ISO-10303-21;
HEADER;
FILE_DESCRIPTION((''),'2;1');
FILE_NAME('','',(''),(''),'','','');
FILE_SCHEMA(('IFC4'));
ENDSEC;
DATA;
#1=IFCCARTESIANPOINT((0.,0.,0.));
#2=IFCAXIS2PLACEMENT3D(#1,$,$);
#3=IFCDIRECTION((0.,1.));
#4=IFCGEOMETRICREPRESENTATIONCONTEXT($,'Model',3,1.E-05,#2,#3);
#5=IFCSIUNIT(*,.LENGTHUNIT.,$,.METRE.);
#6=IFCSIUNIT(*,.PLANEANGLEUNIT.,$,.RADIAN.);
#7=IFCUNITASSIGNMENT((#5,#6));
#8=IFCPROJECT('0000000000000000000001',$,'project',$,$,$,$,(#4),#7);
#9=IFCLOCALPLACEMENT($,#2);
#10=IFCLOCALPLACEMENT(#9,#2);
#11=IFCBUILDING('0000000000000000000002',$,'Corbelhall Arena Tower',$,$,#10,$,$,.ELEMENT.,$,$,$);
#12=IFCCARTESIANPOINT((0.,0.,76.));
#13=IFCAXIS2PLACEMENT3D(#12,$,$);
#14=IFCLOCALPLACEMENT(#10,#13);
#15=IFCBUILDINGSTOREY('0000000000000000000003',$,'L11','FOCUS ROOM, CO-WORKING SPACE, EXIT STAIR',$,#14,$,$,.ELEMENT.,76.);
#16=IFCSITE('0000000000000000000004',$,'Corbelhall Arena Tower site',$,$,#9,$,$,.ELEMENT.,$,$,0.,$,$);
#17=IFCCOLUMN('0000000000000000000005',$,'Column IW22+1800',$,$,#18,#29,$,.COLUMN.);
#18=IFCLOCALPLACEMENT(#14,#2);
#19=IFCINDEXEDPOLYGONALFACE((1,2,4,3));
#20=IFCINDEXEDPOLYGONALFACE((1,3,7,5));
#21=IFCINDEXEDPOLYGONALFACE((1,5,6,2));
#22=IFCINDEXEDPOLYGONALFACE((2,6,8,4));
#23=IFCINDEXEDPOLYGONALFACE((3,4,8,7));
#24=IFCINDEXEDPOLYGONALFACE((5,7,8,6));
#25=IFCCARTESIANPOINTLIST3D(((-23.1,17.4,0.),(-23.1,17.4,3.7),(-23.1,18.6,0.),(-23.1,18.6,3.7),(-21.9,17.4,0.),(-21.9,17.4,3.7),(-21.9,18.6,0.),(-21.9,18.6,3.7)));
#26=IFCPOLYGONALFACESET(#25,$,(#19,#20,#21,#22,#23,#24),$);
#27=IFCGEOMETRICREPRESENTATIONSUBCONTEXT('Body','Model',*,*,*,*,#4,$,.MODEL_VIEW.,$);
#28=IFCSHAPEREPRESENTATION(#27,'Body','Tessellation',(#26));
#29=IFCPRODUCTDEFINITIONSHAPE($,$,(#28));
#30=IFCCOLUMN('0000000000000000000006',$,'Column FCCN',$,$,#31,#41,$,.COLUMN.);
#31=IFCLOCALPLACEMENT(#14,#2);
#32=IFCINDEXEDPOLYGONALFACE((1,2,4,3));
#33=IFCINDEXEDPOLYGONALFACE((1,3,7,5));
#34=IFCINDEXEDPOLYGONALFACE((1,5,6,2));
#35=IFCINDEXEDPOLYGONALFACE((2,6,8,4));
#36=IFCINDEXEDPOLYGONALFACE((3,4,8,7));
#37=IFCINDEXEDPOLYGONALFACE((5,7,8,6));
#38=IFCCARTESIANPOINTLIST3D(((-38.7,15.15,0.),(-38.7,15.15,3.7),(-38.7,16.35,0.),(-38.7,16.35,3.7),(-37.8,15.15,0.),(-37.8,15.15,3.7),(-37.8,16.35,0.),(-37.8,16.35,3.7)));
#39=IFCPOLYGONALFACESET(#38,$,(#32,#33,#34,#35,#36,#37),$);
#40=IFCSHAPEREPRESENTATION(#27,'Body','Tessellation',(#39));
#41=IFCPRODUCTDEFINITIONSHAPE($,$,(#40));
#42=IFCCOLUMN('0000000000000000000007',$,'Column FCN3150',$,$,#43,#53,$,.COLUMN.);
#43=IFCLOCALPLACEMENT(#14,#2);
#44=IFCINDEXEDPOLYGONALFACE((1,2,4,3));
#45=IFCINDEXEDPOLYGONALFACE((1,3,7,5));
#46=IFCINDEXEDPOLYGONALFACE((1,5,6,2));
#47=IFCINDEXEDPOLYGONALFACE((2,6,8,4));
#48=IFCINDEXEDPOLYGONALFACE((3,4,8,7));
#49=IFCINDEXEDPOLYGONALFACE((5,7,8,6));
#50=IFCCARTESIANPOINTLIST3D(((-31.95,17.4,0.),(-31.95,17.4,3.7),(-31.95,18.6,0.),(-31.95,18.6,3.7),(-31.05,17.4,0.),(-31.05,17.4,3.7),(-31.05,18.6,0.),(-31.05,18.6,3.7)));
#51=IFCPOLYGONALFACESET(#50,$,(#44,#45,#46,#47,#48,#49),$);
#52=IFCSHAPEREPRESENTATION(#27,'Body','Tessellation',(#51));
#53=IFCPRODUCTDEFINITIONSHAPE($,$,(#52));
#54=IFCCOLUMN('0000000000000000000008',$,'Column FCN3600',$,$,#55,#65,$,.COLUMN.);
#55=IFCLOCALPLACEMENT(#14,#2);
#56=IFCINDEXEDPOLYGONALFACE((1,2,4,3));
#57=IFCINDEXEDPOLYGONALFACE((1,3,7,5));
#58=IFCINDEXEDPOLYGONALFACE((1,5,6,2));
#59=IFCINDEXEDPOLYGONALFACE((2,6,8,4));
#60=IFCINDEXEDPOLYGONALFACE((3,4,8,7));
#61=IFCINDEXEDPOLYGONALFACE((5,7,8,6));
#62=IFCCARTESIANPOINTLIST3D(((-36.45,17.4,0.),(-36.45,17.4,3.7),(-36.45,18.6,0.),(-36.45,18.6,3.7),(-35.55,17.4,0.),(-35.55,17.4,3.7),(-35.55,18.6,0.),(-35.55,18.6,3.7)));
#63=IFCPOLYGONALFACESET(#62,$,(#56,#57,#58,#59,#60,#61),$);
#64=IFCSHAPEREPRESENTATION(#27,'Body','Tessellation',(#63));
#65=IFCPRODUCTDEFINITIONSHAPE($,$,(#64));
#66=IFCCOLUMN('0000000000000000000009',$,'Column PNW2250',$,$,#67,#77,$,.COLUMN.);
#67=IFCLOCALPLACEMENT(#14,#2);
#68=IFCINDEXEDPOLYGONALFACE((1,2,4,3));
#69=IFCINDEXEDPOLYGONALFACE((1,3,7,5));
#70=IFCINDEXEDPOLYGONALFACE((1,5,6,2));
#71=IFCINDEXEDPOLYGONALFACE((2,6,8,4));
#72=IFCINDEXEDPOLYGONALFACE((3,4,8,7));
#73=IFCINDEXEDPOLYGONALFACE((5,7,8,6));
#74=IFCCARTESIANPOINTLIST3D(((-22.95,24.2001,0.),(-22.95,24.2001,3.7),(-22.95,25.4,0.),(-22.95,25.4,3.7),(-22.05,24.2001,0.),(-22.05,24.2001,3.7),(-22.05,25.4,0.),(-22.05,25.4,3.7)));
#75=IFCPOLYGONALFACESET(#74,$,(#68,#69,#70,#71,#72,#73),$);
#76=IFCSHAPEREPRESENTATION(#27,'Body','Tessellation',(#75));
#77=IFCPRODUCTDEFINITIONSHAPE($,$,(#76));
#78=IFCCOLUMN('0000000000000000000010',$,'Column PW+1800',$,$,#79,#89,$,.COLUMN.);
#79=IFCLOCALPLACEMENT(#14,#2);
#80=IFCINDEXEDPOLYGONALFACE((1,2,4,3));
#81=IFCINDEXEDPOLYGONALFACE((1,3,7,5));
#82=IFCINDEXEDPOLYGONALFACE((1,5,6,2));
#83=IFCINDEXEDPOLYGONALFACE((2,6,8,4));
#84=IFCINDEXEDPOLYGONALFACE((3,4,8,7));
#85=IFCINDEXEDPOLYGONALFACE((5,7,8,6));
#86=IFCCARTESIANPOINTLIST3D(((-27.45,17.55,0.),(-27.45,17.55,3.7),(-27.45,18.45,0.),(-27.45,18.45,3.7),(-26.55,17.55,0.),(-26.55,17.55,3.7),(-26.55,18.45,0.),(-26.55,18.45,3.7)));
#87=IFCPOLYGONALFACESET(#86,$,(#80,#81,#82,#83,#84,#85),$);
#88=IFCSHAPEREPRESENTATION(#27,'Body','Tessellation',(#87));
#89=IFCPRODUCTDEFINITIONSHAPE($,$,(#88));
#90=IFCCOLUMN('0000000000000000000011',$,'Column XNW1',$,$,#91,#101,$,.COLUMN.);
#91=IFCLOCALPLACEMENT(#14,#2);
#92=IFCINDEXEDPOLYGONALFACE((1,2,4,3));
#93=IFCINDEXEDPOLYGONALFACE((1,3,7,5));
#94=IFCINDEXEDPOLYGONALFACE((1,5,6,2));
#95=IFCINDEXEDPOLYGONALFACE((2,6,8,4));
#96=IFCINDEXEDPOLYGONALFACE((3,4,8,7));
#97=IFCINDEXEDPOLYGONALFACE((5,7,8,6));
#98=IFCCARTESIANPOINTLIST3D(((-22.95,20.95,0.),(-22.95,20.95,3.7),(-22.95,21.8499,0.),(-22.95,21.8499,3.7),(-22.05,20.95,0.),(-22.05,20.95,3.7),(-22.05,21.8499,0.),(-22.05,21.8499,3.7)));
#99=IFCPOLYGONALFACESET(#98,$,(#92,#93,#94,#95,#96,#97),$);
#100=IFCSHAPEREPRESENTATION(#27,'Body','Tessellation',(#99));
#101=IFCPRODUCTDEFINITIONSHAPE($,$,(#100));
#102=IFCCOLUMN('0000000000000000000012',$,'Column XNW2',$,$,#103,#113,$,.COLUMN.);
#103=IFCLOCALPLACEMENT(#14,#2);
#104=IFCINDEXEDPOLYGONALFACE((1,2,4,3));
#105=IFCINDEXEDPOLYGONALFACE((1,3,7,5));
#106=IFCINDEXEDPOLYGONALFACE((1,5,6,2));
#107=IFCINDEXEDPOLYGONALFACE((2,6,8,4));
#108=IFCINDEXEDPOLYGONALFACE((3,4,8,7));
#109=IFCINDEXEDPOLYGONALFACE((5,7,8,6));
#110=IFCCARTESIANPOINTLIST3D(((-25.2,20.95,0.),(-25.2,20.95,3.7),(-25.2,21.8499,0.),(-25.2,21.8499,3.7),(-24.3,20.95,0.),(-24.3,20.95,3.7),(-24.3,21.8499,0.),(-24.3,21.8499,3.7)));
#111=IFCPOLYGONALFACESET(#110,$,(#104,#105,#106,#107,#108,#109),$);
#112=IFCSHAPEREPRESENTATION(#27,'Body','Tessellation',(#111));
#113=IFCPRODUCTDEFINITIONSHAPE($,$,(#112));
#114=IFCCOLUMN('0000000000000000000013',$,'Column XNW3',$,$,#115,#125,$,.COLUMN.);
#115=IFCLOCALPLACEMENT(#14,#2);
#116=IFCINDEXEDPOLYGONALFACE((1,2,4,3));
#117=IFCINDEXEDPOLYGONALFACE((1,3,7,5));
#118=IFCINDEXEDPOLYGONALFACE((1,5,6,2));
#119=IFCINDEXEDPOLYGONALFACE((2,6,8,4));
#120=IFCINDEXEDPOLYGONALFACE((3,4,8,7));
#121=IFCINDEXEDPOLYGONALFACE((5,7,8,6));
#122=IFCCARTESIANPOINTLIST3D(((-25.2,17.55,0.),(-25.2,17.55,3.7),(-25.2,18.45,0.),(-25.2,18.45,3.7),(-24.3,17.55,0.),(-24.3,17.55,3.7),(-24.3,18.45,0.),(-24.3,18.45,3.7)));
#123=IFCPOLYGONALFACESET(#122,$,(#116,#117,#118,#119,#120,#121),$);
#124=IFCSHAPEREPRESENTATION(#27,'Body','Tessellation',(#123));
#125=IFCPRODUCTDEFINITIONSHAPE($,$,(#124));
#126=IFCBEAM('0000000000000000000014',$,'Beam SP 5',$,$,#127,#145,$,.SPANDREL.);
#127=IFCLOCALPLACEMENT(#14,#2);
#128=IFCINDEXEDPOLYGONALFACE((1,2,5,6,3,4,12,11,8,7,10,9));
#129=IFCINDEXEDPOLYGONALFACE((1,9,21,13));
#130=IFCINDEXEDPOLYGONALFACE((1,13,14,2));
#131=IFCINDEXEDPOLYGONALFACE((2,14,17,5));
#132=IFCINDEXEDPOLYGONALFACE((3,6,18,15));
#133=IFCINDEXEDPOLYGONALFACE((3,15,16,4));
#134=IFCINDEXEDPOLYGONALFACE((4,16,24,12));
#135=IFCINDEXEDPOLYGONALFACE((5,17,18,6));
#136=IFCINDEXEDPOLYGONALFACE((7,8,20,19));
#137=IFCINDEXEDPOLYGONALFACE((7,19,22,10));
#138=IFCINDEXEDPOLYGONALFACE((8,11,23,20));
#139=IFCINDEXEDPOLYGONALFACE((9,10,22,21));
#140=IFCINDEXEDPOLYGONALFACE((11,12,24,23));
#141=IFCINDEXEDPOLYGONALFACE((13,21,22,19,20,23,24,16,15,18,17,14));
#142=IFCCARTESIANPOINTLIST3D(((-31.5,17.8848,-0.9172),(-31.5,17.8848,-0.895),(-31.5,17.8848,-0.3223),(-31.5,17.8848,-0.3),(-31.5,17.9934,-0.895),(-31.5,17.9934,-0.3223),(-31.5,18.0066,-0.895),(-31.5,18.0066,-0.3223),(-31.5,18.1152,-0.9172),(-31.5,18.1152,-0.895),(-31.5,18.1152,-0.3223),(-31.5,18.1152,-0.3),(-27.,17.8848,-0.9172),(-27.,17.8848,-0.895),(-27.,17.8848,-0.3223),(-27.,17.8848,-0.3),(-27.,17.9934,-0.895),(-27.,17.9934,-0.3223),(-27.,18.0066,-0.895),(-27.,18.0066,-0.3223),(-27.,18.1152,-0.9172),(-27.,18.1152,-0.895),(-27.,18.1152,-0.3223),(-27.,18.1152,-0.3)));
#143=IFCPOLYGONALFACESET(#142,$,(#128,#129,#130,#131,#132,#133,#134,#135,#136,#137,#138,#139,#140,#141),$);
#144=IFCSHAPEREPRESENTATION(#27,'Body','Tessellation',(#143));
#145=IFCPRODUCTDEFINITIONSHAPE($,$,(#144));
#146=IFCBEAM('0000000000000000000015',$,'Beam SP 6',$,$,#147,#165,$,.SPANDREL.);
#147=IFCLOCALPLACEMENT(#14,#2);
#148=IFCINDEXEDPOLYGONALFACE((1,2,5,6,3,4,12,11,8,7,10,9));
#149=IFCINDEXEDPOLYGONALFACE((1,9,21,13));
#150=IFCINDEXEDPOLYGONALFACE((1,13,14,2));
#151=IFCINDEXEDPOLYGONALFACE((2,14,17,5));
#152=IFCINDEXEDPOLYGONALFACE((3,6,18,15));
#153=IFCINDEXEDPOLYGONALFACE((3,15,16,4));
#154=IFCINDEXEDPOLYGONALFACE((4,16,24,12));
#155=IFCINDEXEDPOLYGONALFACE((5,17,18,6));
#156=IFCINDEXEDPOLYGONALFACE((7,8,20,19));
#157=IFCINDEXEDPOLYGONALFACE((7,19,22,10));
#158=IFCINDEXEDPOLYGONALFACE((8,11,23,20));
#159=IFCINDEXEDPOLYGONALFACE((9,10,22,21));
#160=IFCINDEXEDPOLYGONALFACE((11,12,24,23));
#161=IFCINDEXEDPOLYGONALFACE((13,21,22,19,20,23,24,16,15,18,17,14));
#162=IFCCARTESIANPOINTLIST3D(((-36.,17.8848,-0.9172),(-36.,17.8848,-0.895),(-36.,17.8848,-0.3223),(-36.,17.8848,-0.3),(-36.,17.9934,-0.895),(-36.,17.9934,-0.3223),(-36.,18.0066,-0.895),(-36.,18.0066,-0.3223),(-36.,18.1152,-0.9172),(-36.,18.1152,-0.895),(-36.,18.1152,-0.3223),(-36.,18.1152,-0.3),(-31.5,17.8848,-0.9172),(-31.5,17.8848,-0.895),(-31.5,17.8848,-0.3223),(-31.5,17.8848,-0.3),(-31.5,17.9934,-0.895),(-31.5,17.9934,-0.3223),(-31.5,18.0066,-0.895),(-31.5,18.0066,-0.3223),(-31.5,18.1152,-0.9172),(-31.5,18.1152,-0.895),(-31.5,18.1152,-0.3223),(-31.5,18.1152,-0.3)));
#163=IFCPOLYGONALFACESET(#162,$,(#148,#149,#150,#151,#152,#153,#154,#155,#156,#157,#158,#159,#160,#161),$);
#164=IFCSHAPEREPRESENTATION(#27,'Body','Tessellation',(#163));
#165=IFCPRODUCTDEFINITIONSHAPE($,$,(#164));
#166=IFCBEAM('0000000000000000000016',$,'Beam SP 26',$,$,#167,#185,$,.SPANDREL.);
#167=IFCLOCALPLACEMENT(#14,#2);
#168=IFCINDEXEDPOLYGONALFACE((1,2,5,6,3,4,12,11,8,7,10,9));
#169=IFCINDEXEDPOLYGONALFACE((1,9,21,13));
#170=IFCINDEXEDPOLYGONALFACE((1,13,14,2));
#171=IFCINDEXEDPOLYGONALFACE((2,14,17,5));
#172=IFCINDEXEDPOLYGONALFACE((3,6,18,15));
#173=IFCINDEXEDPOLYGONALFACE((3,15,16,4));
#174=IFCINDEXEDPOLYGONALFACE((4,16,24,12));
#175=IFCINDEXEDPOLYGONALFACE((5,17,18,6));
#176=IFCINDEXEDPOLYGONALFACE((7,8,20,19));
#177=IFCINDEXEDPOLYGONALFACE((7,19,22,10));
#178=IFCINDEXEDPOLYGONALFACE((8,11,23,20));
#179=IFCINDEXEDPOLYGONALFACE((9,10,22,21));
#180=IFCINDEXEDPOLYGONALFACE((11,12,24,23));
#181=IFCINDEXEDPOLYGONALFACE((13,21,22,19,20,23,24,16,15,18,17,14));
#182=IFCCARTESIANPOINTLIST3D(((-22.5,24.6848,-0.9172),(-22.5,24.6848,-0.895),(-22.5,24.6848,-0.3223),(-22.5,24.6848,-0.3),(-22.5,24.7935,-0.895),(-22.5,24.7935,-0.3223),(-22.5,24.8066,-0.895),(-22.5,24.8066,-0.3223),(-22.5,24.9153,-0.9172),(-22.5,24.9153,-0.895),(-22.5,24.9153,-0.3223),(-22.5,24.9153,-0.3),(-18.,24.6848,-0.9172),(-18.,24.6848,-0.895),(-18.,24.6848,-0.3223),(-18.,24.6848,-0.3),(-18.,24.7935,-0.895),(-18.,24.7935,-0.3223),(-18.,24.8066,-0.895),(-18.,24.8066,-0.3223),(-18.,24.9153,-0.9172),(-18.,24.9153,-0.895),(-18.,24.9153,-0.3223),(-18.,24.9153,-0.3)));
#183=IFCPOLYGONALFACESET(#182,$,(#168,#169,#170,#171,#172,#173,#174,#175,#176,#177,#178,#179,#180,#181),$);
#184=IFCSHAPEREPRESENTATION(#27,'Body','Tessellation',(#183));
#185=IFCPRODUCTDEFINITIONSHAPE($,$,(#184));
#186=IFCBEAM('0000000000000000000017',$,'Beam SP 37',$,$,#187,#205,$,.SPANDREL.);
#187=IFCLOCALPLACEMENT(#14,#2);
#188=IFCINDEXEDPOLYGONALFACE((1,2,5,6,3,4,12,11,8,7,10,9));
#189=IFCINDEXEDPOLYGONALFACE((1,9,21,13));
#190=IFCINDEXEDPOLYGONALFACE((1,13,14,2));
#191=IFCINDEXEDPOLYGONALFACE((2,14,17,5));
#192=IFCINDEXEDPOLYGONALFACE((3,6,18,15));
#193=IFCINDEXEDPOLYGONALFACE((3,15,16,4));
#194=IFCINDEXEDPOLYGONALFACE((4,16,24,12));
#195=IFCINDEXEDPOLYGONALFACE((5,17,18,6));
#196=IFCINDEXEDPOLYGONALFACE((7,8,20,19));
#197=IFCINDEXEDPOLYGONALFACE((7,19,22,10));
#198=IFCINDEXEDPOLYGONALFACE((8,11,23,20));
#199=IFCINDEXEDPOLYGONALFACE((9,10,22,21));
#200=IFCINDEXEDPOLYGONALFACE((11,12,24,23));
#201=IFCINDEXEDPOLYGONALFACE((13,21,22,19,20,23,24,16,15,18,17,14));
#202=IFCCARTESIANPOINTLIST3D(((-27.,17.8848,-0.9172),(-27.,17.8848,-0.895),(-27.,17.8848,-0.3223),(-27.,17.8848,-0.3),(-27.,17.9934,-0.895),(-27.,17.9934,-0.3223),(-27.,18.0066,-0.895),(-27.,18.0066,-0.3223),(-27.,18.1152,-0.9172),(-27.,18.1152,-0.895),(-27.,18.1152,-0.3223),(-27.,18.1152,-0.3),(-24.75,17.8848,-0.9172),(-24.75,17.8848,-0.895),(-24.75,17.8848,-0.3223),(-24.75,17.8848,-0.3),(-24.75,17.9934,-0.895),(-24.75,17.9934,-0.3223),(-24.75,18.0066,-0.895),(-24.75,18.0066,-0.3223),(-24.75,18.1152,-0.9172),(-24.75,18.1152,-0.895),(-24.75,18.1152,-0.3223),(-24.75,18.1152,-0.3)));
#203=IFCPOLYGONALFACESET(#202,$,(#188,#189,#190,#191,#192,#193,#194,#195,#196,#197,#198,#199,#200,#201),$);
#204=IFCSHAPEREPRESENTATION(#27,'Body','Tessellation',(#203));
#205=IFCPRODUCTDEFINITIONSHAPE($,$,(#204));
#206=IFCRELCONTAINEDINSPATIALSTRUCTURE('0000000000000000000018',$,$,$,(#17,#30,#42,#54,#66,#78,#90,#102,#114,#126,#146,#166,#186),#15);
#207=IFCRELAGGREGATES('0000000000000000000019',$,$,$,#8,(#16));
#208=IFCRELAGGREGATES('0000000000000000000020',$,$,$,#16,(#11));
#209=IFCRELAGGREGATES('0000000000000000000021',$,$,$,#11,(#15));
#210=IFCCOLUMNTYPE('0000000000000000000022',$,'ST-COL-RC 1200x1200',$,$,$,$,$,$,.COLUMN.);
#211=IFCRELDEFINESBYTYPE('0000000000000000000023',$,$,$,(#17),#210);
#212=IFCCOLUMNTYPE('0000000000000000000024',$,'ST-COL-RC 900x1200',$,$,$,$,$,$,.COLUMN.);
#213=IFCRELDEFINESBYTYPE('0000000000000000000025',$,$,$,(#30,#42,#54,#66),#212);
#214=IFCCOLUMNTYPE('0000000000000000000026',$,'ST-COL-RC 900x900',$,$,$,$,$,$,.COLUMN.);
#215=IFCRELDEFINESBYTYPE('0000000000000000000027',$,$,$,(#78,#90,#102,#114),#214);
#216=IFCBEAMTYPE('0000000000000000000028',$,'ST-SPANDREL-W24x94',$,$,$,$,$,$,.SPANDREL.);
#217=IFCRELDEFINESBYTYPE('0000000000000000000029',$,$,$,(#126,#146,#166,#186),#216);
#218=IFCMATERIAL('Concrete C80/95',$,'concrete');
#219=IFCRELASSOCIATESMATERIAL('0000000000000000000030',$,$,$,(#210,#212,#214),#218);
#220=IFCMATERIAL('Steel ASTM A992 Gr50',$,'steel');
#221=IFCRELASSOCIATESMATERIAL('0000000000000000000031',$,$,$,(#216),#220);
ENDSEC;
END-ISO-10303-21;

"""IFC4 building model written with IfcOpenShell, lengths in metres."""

from ifc_helpers import new_model, si_unit, direction, frame, origin, origin_2d, place, context, subcontext, project, spatial, rectangle, i_section, extrude, material, material_profile, profile_set, type_object, element, save


model = new_model("IFC4")

# Units and contexts
model_context = context("Model", 3, precision=1e-05, world=origin(), true_north=direction((0.0, 1.0)))
body_context = subcontext(model_context, "Body", "Model", "MODEL_VIEW")
ifc_project = project(units=[si_unit("LENGTHUNIT", "METRE"), si_unit("PLANEANGLEUNIT", "RADIAN")], contexts=[model_context])

# Site, building, storey
site_placement = place(None, origin())
site = spatial("IfcSite", under=ifc_project, at=site_placement, Name="Corbelhall Arena Tower site", CompositionType="ELEMENT", RefElevation=0.0)
building_placement = place(site_placement, origin())
building = spatial("IfcBuilding", under=site, at=building_placement, Name="Corbelhall Arena Tower", CompositionType="ELEMENT")
storey_placement = place(building_placement, frame((0.0, 0.0, 76.0)))
storey = spatial("IfcBuildingStorey", under=building, at=storey_placement, Name="L11", Description="FOCUS ROOM, CO-WORKING SPACE, EXIT STAIR", CompositionType="ELEMENT", Elevation=76.0)

# Columns
ifc_material_1 = material(Name="Concrete C80/95", Category="concrete")
ifc_material_profile_1 = material_profile(ifc_material_1, rectangle(XDim=1.2, YDim=1.2, at=origin_2d()))
ifc_profile_set_1 = profile_set([ifc_material_profile_1], Name="Concrete C80/95")
column_type_1 = type_object("IfcColumnType", Name="ST-COL-RC 1200x1200", PredefinedType="COLUMN", material=ifc_profile_set_1)
column_placement = place(storey_placement, frame((-22.5, 18.0, 0.0), z_axis=(0.0, 0.0, 1.0), x_axis=(1.0, 0.0, 0.0)))
element("IfcColumn", 1, at=column_placement, inside=storey, type_object=column_type_1, Name="Column IW22+1800", PredefinedType="COLUMN", context=body_context, shape_type="SweptSolid", body=[
    extrude(rectangle(XDim=1.2, YDim=1.2, at=origin_2d()), origin(), (0.0, 0.0, 1.0), 3.7),
])
ifc_material_profile_2 = material_profile(ifc_material_1, rectangle(XDim=0.8999, YDim=1.2, at=origin_2d()))
ifc_profile_set_2 = profile_set([ifc_material_profile_2], Name="Concrete C80/95")
column_type_2 = type_object("IfcColumnType", Name="ST-COL-RC 900x1200", PredefinedType="COLUMN", material=ifc_profile_set_2)
for number, where, z_axis, x_axis, name in (
    (2, (-38.25, 15.75, 0.0), (0.0, 0.0, 1.0), (1.0, 0.0, 0.0), "Column FCCN"),
    (3, (-31.5, 18.0, 0.0), (0.0, 0.0, 1.0), (1.0, 0.0, 0.0), "Column FCN3150"),
    (4, (-36.0, 18.0, 0.0), (0.0, 0.0, 1.0), (1.0, 0.0, 0.0), "Column FCN3600"),
    (5, (-22.5, 24.8, 0.0), (0.0, 0.0, 1.0), (1.0, 0.0, 0.0), "Column PNW2250"),
):
    element("IfcColumn", number, at=place(storey_placement, frame(where, z_axis=z_axis, x_axis=x_axis)), inside=storey, type_object=column_type_2, Name=name, PredefinedType="COLUMN", context=body_context, shape_type="SweptSolid", body=[
        extrude(rectangle(XDim=0.8999, YDim=1.2, at=origin_2d()), origin(), (0.0, 0.0, 1.0), 3.7),
    ])
ifc_material_profile_3 = material_profile(ifc_material_1, rectangle(XDim=0.8999, YDim=0.8999, at=origin_2d()))
ifc_profile_set_3 = profile_set([ifc_material_profile_3], Name="Concrete C80/95")
column_type_3 = type_object("IfcColumnType", Name="ST-COL-RC 900x900", PredefinedType="COLUMN", material=ifc_profile_set_3)
for number, where, z_axis, x_axis, name in (
    (6, (-27.0, 18.0, 0.0), (0.0, 0.0, 1.0), (1.0, 0.0, 0.0), "Column PW+1800"),
    (7, (-22.5, 21.3999, 0.0), (0.0, 0.0, 1.0), (1.0, 0.0, 0.0), "Column XNW1"),
    (8, (-24.75, 21.3999, 0.0), (0.0, 0.0, 1.0), (1.0, 0.0, 0.0), "Column XNW2"),
    (9, (-24.75, 18.0, 0.0), (0.0, 0.0, 1.0), (1.0, 0.0, 0.0), "Column XNW3"),
):
    element("IfcColumn", number, at=place(storey_placement, frame(where, z_axis=z_axis, x_axis=x_axis)), inside=storey, type_object=column_type_3, Name=name, PredefinedType="COLUMN", context=body_context, shape_type="SweptSolid", body=[
        extrude(rectangle(XDim=0.8999, YDim=0.8999, at=origin_2d()), origin(), (0.0, 0.0, 1.0), 3.7),
    ])

# Beams
ifc_material_2 = material(Name="Steel ASTM A992 Gr50", Category="steel")
ifc_material_profile_4 = material_profile(ifc_material_2, i_section(OverallWidth=0.2305, OverallDepth=0.6172, WebThickness=0.0132, FlangeThickness=0.0222, at=origin_2d()))
ifc_profile_set_4 = profile_set([ifc_material_profile_4], Name="Steel ASTM A992 Gr50")
beam_type = type_object("IfcBeamType", Name="ST-SPANDREL-W24x94", PredefinedType="SPANDREL", material=ifc_profile_set_4)
for number, where, z_axis, x_axis, name in (
    (10, (-31.5, 18.0, -0.6086), (1.0, 0.0, 0.0), (0.0, 1.0, 0.0), "Beam SP 5"),
    (11, (-36.0, 18.0, -0.6086), (1.0, 0.0, 0.0), (0.0, 1.0, 0.0), "Beam SP 6"),
    (12, (-22.5, 24.8, -0.6086), (1.0, 0.0, 0.0), (0.0, 1.0, 0.0), "Beam SP 26"),
):
    element("IfcBeam", number, at=place(storey_placement, frame(where, z_axis=z_axis, x_axis=x_axis)), inside=storey, type_object=beam_type, Name=name, PredefinedType="SPANDREL", context=body_context, shape_type="SweptSolid", body=[
        extrude(i_section(OverallWidth=0.2305, OverallDepth=0.6172, WebThickness=0.0132, FlangeThickness=0.0222, at=origin_2d()), origin(), (0.0, 0.0, 1.0), 4.5),
    ])
beam_1_placement = place(storey_placement, frame((-27.0, 18.0, -0.6086), z_axis=(1.0, 0.0, 0.0), x_axis=(0.0, 1.0, 0.0)))
element("IfcBeam", 13, at=beam_1_placement, inside=storey, type_object=beam_type, Name="Beam SP 37", PredefinedType="SPANDREL", context=body_context, shape_type="SweptSolid", body=[
    extrude(i_section(OverallWidth=0.2305, OverallDepth=0.6172, WebThickness=0.0132, FlangeThickness=0.0222, at=origin_2d()), origin(), (0.0, 0.0, 1.0), 2.25),
])

save(model, "model.ifc")
